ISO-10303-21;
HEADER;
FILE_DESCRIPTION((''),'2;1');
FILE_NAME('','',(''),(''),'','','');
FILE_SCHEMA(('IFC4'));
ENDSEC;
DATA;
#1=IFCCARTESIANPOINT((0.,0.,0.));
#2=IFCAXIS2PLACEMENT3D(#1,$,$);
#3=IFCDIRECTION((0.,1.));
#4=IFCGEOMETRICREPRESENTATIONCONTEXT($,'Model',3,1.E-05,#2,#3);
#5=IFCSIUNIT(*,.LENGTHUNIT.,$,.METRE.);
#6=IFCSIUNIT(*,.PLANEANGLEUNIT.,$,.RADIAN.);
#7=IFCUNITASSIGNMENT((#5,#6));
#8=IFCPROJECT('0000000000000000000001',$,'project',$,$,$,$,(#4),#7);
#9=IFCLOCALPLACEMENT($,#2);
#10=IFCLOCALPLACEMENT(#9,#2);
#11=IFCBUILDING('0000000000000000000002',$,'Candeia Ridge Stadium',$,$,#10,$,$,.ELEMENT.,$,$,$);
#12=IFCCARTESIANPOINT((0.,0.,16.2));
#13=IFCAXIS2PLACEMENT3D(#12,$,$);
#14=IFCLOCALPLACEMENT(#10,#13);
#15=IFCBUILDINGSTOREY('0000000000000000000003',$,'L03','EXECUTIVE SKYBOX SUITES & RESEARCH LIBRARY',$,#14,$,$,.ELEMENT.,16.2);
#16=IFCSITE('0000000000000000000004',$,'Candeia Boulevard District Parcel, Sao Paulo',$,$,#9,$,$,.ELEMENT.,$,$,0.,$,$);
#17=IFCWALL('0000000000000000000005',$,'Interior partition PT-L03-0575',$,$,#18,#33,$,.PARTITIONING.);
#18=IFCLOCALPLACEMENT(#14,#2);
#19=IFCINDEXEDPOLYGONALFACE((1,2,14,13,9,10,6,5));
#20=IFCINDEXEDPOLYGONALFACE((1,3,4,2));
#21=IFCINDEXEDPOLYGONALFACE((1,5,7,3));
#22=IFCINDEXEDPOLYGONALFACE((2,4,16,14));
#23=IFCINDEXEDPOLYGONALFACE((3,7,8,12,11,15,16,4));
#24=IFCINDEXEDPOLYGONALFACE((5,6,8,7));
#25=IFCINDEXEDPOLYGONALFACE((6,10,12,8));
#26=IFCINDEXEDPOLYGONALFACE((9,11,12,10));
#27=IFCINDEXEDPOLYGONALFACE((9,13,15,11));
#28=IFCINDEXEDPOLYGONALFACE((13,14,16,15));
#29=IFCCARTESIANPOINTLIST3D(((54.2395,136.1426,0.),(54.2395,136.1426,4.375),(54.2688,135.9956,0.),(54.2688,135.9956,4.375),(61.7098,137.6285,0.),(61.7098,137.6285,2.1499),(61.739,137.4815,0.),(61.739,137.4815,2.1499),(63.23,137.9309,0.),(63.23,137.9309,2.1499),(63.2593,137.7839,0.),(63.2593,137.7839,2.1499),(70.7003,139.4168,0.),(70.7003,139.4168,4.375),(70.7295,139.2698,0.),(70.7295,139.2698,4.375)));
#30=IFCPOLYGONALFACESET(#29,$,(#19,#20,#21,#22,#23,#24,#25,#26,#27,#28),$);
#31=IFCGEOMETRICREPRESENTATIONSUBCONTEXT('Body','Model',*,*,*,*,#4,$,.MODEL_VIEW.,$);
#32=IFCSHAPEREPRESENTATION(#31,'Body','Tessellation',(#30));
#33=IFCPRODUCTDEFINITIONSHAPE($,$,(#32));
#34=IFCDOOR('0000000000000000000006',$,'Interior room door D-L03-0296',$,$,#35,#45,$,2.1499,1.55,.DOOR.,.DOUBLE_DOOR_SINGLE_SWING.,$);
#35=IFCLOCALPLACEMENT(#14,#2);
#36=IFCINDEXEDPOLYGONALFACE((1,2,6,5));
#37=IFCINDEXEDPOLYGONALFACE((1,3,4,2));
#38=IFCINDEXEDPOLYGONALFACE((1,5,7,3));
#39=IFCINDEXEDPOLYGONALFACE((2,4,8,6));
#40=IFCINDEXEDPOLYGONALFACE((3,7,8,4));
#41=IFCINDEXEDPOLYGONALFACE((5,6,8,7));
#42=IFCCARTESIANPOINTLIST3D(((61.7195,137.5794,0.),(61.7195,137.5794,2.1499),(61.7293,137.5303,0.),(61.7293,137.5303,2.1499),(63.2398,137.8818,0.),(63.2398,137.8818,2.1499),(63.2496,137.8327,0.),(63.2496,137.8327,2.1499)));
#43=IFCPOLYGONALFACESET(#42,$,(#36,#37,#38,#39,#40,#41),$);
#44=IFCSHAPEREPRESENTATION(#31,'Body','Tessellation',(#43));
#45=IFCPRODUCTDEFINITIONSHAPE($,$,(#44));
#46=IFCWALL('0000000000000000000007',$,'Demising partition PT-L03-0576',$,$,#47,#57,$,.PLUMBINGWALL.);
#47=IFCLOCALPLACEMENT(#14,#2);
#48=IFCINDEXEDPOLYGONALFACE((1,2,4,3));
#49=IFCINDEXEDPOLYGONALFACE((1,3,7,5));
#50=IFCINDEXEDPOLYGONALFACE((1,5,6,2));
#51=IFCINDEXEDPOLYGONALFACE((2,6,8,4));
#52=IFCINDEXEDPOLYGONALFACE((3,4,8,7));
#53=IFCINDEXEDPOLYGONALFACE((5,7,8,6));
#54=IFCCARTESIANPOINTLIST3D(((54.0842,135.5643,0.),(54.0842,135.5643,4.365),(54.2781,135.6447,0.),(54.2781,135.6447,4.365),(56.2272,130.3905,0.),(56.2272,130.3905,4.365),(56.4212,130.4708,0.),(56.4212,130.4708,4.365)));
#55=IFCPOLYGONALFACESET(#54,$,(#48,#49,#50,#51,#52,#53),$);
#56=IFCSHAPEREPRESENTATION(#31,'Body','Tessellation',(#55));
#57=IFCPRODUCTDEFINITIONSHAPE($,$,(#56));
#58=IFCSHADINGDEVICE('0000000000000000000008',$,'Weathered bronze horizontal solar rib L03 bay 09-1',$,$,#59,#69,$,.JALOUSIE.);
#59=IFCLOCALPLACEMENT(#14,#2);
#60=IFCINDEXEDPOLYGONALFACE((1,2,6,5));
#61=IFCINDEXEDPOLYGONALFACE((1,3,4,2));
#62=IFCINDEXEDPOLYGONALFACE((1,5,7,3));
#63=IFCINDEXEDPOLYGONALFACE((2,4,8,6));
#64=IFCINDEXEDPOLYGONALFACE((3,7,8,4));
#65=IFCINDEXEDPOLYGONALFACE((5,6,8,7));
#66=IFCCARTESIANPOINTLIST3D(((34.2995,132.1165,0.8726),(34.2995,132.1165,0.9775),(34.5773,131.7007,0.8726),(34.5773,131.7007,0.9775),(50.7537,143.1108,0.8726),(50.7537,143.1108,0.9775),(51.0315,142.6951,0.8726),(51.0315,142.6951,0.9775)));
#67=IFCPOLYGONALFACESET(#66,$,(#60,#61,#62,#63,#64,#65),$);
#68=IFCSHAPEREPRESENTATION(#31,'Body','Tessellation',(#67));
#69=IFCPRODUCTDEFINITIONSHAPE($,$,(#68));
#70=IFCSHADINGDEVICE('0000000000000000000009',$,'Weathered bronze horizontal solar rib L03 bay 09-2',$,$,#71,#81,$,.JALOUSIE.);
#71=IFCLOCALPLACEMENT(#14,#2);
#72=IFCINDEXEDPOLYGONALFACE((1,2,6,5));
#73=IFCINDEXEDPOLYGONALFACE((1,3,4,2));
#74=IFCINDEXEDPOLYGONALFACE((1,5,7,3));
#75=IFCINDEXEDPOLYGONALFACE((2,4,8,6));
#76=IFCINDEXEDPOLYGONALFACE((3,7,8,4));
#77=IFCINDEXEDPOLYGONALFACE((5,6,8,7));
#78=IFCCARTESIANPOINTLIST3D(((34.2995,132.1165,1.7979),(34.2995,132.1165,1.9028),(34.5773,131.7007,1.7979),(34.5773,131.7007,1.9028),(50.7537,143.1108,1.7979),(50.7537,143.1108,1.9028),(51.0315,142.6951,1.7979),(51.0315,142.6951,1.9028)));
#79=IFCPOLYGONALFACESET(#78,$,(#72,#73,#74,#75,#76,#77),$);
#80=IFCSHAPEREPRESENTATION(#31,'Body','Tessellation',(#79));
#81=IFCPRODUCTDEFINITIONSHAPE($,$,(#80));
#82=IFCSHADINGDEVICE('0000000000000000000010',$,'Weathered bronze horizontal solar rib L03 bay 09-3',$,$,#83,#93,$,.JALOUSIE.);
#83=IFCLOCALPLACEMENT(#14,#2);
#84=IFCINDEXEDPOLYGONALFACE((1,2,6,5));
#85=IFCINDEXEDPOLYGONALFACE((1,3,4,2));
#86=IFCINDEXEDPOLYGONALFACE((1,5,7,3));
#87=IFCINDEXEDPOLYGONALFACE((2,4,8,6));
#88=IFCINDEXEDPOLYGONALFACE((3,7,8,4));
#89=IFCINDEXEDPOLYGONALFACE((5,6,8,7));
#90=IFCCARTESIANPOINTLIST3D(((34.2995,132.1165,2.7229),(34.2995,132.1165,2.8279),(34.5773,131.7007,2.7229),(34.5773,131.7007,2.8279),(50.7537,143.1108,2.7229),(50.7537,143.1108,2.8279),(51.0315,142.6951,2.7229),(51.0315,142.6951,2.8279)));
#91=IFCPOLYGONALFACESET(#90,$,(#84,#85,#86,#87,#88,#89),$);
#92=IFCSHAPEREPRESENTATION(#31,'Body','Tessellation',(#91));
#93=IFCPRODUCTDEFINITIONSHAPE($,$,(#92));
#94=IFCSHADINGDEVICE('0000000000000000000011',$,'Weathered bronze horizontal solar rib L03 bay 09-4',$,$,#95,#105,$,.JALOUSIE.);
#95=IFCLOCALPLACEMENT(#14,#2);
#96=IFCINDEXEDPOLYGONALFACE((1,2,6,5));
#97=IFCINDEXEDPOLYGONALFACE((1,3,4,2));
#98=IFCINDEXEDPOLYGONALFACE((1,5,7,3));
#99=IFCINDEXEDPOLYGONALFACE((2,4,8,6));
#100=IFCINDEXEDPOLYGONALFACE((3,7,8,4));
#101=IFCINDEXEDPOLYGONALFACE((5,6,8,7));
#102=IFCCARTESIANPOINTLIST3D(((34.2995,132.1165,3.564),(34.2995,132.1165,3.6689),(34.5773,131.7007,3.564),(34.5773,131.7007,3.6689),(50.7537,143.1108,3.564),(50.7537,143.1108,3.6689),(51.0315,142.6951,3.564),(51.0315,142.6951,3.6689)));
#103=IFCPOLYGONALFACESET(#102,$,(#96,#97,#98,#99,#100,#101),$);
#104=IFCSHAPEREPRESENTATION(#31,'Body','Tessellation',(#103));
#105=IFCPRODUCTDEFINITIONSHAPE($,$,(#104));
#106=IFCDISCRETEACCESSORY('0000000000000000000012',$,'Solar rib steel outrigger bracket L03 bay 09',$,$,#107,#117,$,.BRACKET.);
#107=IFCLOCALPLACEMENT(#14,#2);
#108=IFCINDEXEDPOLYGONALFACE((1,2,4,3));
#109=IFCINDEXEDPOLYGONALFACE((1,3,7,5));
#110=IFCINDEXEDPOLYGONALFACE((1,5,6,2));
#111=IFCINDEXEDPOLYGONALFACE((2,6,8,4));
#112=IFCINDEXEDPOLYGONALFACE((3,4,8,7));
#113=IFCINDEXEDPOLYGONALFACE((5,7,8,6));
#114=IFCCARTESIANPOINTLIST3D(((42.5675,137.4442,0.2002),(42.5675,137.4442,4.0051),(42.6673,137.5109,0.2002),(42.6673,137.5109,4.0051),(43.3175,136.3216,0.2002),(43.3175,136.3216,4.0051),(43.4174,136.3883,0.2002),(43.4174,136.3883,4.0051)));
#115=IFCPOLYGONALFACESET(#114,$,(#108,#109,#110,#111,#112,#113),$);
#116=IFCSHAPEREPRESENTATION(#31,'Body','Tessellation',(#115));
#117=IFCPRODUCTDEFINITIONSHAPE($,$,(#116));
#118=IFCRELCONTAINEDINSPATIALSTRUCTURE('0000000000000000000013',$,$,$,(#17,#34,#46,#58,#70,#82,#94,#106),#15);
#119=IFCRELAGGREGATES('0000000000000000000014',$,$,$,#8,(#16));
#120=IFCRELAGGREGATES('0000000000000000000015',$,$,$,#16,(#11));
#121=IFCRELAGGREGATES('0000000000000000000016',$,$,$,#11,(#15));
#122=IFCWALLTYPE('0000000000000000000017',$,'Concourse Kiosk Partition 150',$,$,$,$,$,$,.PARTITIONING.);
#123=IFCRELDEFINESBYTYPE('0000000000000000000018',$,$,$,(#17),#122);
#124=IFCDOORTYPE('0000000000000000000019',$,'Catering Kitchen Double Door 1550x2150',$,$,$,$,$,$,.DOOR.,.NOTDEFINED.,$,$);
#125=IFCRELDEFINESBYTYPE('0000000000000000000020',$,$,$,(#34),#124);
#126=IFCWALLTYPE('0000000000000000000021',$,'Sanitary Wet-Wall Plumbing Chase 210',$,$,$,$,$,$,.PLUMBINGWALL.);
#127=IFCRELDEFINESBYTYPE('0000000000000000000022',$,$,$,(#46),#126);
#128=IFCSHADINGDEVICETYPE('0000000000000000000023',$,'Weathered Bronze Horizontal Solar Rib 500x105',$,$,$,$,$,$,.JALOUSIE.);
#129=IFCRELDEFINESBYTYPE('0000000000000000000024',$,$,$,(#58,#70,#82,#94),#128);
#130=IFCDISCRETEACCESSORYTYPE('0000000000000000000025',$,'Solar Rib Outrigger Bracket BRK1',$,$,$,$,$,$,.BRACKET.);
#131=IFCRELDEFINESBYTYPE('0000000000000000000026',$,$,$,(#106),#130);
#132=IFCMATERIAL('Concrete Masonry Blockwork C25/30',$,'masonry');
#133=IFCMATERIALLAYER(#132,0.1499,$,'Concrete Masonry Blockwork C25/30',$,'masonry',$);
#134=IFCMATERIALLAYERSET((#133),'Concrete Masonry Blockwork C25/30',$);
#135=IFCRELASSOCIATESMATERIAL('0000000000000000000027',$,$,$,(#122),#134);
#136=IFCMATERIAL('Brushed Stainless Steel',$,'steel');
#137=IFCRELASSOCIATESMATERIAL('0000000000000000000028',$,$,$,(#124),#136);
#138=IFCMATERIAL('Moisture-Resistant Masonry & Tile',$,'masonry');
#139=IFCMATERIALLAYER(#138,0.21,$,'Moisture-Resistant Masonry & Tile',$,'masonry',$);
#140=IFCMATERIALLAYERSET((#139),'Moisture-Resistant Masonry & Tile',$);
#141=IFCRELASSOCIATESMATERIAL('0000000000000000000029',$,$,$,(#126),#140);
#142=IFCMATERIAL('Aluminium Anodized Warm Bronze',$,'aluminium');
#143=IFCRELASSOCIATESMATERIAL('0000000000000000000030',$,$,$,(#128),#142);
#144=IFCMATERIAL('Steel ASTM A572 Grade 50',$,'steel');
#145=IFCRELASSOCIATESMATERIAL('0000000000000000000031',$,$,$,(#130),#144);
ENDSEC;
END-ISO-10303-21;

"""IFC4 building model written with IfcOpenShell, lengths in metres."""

from ifc_helpers import new_model, si_unit, direction, frame, frame_2d, origin, origin_2d, place, context, subcontext, project, spatial, rectangle, extrude, material, layer, layer_set, type_object, element, fill, save


model = new_model("IFC4")

# Units and contexts
model_context = context("Model", 3, precision=1e-05, world=origin(), true_north=direction((0.0, 1.0)))
body_context = subcontext(model_context, "Body", "Model", "MODEL_VIEW")
ifc_project = project(units=[si_unit("LENGTHUNIT", "METRE"), si_unit("PLANEANGLEUNIT", "RADIAN")], contexts=[model_context])

# Site, building, storey
site_placement = place(None, origin())
site = spatial("IfcSite", under=ifc_project, at=site_placement, Name="Candeia Boulevard District Parcel, Sao Paulo", CompositionType="ELEMENT", RefElevation=0.0)
building_placement = place(site_placement, origin())
building = spatial("IfcBuilding", under=site, at=building_placement, Name="Candeia Ridge Stadium", CompositionType="ELEMENT")
storey_placement = place(building_placement, frame((0.0, 0.0, 16.2)))
storey = spatial("IfcBuildingStorey", under=building, at=storey_placement, Name="L03", Description="EXECUTIVE SKYBOX SUITES & RESEARCH LIBRARY", CompositionType="ELEMENT", Elevation=16.2)

# Shared definitions
ifc_material_1 = material(Name="Aluminium Anodized Warm Bronze", Category="aluminium")

# Wall, opening, door
ifc_material_2 = material(Name="Concrete Masonry Blockwork C25/30", Category="masonry")
ifc_layer_1 = layer(ifc_material_2, 0.1499, Name="Concrete Masonry Blockwork C25/30", Category="masonry")
ifc_layer_set_1 = layer_set([ifc_layer_1], Name="Concrete Masonry Blockwork C25/30")
wall_type_1 = type_object("IfcWallType", Name="Concourse Kiosk Partition 150", PredefinedType="PARTITIONING", material=ifc_layer_set_1)
wall_1_placement = place(storey_placement, frame((54.2542, 136.0691, 0.0), z_axis=(0.0, 0.0, 1.0), x_axis=(0.980786, 0.195087, 0.0)))
wall_1 = element("IfcWall", 1, at=wall_1_placement, inside=storey, type_object=wall_type_1, Name="Interior partition PT-L03-0575", PredefinedType="PARTITIONING", context=body_context, shape_type="SweptSolid", body=[
    extrude(rectangle(XDim=16.7832, YDim=0.1499, at=frame_2d((8.3916, 0.0))), origin(), (0.0, 0.0, 1.0), 4.375),
])
opening_placement = place(wall_1_placement, frame((7.6167, 0.0, 0.0)))
opening = element("IfcOpeningElement", 2, at=opening_placement, cuts=wall_1, PredefinedType="OPENING", context=body_context, shape_type="SweptSolid", body=[
    extrude(rectangle(XDim=1.55, YDim=2.1499, at=frame_2d((0.7749, 1.075))), frame((0.0, 0.085, 0.0), z_axis=(0.0, -1.0, 0.0), x_axis=(1.0, 0.0, 0.0)), (0.0, 0.0, 1.0), 0.1699),
])
ifc_material_3 = material(Name="Brushed Stainless Steel", Category="steel")
door_type = type_object("IfcDoorType", Name="Catering Kitchen Double Door 1550x2150", OperationType="NOTDEFINED", PredefinedType="DOOR", material=ifc_material_3)
door_placement = place(opening_placement, origin())
door = element("IfcDoor", 3, at=door_placement, inside=storey, type_object=door_type, Name="Interior room door D-L03-0296", OperationType="DOUBLE_DOOR_SINGLE_SWING", OverallHeight=2.1499, OverallWidth=1.55, PredefinedType="DOOR", context=body_context, shape_type="SweptSolid", body=[
    extrude(rectangle(XDim=1.55, YDim=2.1499, at=frame_2d((0.7749, 1.075))), frame((0.0, 0.0249, 0.0), z_axis=(0.0, -1.0, 0.0), x_axis=(1.0, 0.0, 0.0)), (0.0, 0.0, 1.0), 0.05),
])
fill(opening, door)

# Wall
ifc_material_4 = material(Name="Moisture-Resistant Masonry & Tile", Category="masonry")
ifc_layer_2 = layer(ifc_material_4, 0.21, Name="Moisture-Resistant Masonry & Tile", Category="masonry")
ifc_layer_set_2 = layer_set([ifc_layer_2], Name="Moisture-Resistant Masonry & Tile")
wall_type_2 = type_object("IfcWallType", Name="Sanitary Wet-Wall Plumbing Chase 210", PredefinedType="PLUMBINGWALL", material=ifc_layer_set_2)
wall_2_placement = place(storey_placement, frame((56.3242, 130.4307, 0.0), z_axis=(0.0, 0.0, 1.0), x_axis=(-0.382683, 0.92388, 0.0)))
element("IfcWall", 4, at=wall_2_placement, inside=storey, type_object=wall_type_2, Name="Demising partition PT-L03-0576", PredefinedType="PLUMBINGWALL", context=body_context, shape_type="SweptSolid", body=[
    extrude(rectangle(XDim=5.6001, YDim=0.21, at=frame_2d((2.8, 0.0))), origin(), (0.0, 0.0, 1.0), 4.365),
])

# Shading devices
shading_device_type = type_object("IfcShadingDeviceType", Name="Weathered Bronze Horizontal Solar Rib 500x105", PredefinedType="JALOUSIE", material=ifc_material_1)
for number, where, z_axis, x_axis, name in (
    (5, (42.6655, 137.4058, 0.8726), (0.0, 0.0, 1.0), (-0.83147, -0.55557, 0.0), "Weathered bronze horizontal solar rib L03 bay 09-1"),
    (6, (42.6655, 137.4058, 1.7979), (0.0, 0.0, 1.0), (-0.83147, -0.55557, 0.0), "Weathered bronze horizontal solar rib L03 bay 09-2"),
    (7, (42.6655, 137.4058, 2.7229), (0.0, 0.0, 1.0), (-0.83147, -0.55557, 0.0), "Weathered bronze horizontal solar rib L03 bay 09-3"),
    (8, (42.6655, 137.4058, 3.564), (0.0, 0.0, 1.0), (-0.83147, -0.55557, 0.0), "Weathered bronze horizontal solar rib L03 bay 09-4"),
):
    element("IfcShadingDevice", number, at=place(storey_placement, frame(where, z_axis=z_axis, x_axis=x_axis)), inside=storey, type_object=shading_device_type, Name=name, PredefinedType="JALOUSIE", context=body_context, shape_type="SweptSolid", body=[
        extrude(rectangle(XDim=19.7893, YDim=0.5, at=origin_2d()), origin(), (0.0, 0.0, 1.0), 0.105),
    ])

# Discrete accessory
ifc_material_5 = material(Name="Steel ASTM A572 Grade 50", Category="steel")
discrete_accessory_type = type_object("IfcDiscreteAccessoryType", Name="Solar Rib Outrigger Bracket BRK1", PredefinedType="BRACKET", material=ifc_material_5)
discrete_accessory_placement = place(storey_placement, frame((42.9924, 136.9163, 0.2002), z_axis=(0.0, 0.0, 1.0), x_axis=(-0.55557, 0.83147, 0.0)))
element("IfcDiscreteAccessory", 9, at=discrete_accessory_placement, inside=storey, type_object=discrete_accessory_type, Name="Solar rib steel outrigger bracket L03 bay 09", PredefinedType="BRACKET", context=body_context, shape_type="SweptSolid", body=[
    extrude(rectangle(XDim=1.3501, YDim=0.1201, at=origin_2d()), origin(), (0.0, 0.0, 1.0), 3.8049),
])

save(model, "model.ifc")
